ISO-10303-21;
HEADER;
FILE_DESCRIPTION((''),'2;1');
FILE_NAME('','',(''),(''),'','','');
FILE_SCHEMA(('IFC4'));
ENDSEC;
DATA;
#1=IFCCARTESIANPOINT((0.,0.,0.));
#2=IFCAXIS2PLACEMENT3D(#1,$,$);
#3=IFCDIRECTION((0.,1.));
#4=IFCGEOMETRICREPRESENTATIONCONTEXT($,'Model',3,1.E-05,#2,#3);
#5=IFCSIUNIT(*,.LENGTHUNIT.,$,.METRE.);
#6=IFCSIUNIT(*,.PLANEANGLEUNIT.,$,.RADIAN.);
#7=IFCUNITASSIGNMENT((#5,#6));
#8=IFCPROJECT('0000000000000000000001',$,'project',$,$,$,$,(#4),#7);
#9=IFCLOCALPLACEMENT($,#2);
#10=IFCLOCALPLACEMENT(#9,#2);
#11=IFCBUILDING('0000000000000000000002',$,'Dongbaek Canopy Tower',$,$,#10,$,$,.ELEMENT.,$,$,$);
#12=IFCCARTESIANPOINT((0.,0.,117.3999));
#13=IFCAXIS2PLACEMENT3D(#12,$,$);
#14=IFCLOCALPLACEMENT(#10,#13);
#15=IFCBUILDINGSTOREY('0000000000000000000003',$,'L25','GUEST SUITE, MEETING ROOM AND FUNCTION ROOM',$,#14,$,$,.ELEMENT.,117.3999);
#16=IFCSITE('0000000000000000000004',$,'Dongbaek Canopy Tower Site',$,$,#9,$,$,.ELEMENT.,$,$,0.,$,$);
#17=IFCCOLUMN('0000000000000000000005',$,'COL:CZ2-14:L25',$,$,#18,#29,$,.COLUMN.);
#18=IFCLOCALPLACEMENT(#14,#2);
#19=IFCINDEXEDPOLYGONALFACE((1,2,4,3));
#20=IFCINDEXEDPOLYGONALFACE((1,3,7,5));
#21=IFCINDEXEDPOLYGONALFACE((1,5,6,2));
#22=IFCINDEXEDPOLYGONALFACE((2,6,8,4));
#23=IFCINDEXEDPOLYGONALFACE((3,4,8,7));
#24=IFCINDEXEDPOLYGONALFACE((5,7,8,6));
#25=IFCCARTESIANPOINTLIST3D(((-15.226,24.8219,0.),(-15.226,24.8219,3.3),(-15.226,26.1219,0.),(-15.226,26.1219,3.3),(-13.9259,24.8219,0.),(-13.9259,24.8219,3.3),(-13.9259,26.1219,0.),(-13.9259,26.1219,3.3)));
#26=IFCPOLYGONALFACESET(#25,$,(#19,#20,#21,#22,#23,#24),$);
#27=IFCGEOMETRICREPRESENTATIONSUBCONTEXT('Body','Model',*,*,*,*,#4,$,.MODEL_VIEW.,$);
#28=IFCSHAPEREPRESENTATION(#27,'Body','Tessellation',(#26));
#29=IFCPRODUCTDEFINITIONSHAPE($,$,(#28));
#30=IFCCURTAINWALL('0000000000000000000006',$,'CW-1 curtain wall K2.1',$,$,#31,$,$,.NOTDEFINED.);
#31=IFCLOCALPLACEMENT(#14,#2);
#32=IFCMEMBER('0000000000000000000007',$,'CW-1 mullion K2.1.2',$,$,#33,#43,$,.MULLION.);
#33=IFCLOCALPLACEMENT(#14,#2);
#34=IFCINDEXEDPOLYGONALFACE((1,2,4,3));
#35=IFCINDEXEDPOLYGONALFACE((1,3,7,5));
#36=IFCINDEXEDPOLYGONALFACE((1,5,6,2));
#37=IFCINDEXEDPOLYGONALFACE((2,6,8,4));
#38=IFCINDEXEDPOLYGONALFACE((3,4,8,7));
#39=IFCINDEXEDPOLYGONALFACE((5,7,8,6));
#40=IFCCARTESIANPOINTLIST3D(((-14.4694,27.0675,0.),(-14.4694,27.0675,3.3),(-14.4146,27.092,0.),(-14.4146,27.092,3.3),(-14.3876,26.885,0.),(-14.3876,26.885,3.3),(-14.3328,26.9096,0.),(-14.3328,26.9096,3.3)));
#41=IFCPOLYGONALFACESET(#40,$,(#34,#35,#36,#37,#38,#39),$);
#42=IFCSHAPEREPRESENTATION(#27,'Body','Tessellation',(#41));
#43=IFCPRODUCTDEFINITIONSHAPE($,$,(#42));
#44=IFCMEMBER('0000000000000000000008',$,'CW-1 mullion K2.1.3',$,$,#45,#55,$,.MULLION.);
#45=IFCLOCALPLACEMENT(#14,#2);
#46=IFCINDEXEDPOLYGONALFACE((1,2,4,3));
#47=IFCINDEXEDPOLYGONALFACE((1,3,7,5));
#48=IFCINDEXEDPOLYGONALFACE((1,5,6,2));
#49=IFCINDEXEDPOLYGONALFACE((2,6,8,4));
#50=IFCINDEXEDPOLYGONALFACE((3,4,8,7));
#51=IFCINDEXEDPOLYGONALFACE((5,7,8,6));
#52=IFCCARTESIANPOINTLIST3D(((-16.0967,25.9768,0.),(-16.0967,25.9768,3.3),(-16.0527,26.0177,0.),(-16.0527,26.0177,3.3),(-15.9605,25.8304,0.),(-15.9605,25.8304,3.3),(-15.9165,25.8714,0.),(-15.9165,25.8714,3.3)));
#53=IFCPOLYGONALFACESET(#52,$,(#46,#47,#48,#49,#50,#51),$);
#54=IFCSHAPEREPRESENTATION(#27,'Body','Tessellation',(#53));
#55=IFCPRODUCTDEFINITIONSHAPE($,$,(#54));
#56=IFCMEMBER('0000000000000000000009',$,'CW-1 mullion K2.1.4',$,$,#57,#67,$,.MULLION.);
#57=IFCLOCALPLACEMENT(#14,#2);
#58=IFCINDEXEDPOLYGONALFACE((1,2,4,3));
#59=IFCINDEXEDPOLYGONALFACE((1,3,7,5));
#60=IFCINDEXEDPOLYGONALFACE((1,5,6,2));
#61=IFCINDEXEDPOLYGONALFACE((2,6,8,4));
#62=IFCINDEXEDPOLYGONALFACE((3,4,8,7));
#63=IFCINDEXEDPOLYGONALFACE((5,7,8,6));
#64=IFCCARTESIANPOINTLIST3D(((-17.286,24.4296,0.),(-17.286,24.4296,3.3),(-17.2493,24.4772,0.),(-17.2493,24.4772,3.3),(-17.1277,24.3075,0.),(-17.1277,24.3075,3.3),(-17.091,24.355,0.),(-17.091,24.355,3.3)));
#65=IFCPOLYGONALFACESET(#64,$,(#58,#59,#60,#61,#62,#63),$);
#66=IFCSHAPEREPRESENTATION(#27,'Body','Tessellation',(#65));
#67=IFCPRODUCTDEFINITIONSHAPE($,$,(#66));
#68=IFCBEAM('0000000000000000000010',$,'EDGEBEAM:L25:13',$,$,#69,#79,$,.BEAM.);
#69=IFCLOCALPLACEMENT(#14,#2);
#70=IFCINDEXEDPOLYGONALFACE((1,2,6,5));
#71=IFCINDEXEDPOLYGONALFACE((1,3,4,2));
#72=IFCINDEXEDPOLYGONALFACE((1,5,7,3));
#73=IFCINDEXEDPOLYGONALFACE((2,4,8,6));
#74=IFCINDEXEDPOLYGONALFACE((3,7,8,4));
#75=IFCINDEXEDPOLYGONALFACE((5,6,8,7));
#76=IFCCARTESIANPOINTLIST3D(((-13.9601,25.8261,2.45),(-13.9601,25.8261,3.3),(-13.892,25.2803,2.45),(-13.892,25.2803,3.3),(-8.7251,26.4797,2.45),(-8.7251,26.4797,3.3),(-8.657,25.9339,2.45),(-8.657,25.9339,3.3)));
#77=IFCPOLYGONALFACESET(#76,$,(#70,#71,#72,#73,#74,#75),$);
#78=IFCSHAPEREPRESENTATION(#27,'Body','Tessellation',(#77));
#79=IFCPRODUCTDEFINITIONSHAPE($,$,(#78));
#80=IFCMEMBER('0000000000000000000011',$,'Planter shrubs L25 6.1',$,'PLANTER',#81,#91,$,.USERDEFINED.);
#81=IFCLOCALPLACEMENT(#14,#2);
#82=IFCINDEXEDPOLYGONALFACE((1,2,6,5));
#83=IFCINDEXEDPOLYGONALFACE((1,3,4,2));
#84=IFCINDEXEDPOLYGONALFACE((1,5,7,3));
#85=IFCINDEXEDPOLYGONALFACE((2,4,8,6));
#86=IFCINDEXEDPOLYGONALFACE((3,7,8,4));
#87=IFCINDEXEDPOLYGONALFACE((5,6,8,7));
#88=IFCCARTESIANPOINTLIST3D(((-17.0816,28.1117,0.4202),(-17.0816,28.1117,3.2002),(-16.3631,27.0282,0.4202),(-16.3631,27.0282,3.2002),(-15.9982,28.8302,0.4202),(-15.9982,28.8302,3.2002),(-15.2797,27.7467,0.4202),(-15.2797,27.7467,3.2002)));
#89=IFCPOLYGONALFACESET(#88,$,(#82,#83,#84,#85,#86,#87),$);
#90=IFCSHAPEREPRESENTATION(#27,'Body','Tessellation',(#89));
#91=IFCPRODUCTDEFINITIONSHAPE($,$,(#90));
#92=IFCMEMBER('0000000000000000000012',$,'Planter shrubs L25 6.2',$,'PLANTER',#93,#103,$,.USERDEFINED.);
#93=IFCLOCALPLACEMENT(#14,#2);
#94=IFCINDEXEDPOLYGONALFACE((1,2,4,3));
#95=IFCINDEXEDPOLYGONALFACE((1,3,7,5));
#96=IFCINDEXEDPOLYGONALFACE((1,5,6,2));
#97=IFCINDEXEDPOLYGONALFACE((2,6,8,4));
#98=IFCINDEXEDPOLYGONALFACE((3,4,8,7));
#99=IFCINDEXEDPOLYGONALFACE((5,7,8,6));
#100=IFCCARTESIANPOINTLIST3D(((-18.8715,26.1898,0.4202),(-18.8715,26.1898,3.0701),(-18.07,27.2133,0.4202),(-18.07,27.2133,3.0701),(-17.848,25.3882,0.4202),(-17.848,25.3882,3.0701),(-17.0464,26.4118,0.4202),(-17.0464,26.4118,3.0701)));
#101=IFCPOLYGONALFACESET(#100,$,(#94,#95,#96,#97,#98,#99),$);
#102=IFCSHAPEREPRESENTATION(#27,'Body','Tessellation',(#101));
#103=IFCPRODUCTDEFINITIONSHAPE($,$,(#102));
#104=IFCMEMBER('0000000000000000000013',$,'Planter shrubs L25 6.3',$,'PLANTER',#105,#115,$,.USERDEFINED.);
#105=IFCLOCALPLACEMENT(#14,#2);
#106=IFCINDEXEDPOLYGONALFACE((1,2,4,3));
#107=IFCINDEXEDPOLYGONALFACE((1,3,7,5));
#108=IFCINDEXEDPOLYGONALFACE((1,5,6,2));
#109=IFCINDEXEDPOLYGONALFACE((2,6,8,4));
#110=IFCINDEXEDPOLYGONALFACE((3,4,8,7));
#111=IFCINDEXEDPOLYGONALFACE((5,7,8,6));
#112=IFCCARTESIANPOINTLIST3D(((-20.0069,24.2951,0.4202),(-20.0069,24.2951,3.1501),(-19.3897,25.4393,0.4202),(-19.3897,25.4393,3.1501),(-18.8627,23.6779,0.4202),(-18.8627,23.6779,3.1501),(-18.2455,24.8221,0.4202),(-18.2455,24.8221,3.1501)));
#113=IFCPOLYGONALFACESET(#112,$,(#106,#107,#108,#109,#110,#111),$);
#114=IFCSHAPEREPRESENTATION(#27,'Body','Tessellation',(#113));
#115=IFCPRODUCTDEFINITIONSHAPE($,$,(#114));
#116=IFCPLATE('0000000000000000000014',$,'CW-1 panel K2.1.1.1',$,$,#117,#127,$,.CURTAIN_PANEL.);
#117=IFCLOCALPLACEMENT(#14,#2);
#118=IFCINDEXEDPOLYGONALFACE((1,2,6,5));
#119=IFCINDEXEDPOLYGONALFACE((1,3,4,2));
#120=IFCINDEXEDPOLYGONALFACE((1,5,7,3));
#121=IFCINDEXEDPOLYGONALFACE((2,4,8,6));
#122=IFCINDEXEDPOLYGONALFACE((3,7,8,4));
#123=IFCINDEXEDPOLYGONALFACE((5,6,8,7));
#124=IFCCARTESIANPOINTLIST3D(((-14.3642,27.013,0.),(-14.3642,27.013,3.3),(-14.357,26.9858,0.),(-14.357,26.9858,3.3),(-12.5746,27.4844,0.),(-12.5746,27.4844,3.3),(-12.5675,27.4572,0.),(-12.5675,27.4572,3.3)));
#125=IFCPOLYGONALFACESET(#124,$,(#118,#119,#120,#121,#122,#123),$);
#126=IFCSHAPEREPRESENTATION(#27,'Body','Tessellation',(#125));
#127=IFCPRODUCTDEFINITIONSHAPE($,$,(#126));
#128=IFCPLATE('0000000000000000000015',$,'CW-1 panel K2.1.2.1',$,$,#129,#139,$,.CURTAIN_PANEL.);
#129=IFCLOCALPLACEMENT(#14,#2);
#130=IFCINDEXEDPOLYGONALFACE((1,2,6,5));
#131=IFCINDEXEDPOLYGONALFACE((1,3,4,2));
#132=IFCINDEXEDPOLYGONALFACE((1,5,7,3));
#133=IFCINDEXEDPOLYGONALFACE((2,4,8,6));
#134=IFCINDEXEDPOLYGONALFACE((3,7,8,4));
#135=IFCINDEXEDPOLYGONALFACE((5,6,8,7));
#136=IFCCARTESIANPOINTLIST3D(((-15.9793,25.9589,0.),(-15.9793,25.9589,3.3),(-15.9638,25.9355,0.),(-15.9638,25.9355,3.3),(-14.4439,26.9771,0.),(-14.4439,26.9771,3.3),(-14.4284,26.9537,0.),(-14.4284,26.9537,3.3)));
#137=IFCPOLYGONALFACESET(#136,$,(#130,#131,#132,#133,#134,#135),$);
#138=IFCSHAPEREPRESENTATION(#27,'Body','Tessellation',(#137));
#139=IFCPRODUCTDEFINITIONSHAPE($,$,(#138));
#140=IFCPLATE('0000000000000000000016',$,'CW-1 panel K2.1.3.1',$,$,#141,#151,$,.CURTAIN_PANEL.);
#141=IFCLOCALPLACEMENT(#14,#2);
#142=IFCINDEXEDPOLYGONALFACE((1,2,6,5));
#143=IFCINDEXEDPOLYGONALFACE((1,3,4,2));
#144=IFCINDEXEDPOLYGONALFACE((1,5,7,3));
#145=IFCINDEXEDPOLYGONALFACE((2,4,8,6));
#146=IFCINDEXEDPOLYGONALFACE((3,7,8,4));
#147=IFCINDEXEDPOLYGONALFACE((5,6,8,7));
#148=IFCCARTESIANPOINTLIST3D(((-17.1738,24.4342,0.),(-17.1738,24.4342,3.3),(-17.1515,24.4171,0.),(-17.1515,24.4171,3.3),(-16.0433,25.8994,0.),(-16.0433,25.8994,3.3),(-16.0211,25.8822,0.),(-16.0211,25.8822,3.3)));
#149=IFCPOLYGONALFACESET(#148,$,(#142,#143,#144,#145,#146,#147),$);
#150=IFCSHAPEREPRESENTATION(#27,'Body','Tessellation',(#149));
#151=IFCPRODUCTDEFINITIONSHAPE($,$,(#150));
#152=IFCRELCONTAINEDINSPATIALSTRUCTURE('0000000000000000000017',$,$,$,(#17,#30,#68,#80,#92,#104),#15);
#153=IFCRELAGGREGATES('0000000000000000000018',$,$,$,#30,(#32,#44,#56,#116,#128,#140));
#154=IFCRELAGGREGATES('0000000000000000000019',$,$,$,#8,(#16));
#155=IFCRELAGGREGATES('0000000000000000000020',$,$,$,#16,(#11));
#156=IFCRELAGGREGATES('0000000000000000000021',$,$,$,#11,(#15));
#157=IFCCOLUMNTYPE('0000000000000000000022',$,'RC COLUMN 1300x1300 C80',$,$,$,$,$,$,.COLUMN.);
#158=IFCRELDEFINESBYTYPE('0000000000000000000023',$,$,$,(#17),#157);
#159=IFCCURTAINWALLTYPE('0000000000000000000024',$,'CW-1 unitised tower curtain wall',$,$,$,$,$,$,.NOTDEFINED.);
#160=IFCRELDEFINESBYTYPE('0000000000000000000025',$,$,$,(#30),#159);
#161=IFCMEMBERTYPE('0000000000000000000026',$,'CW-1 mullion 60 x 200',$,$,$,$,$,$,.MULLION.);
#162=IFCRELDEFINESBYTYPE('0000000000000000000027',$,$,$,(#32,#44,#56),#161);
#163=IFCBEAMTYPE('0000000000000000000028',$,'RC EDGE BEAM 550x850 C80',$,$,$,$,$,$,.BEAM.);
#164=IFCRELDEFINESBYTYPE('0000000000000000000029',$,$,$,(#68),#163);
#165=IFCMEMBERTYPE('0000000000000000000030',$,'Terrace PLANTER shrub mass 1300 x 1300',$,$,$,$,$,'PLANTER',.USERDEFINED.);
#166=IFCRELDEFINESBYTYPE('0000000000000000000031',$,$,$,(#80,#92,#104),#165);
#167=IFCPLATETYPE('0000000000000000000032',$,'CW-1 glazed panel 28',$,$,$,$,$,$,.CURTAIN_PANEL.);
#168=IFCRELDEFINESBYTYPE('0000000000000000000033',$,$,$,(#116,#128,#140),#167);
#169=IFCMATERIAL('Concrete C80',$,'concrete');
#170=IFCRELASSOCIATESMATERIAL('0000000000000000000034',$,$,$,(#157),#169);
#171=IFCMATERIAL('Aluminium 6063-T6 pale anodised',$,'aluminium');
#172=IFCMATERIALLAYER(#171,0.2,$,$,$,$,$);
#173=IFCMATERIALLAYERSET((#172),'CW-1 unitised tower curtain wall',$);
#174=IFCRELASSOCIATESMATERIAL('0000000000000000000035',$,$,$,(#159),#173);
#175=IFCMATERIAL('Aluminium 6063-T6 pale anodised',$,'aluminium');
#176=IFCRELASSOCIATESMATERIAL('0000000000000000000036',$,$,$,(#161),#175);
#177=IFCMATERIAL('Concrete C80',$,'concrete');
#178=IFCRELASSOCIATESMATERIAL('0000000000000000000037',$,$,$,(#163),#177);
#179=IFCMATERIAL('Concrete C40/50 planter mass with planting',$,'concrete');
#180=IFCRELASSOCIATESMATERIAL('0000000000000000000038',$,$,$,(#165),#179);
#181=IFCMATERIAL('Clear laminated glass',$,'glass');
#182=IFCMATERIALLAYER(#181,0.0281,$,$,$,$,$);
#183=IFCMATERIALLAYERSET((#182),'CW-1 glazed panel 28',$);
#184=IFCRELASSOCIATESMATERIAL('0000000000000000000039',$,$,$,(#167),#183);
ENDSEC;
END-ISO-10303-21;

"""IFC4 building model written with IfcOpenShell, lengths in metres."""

from ifc_helpers import new_model, si_unit, direction, frame, origin, origin_2d, place, context, subcontext, project, spatial, rectangle, extrude, material, layer, layer_set, material_profile, profile_set, type_object, element, aggregate, save


model = new_model("IFC4")

# Units and contexts
model_context = context("Model", 3, precision=1e-05, world=origin(), true_north=direction((0.0, 1.0)))
body_context = subcontext(model_context, "Body", "Model", "MODEL_VIEW")
ifc_project = project(units=[si_unit("LENGTHUNIT", "METRE"), si_unit("PLANEANGLEUNIT", "RADIAN")], contexts=[model_context])

# Site, building, storey
site_placement = place(None, origin())
site = spatial("IfcSite", under=ifc_project, at=site_placement, Name="Dongbaek Canopy Tower Site", CompositionType="ELEMENT", RefElevation=0.0)
building_placement = place(site_placement, origin())
building = spatial("IfcBuilding", under=site, at=building_placement, Name="Dongbaek Canopy Tower", CompositionType="ELEMENT")
storey_placement = place(building_placement, frame((0.0, 0.0, 117.3999)))
storey = spatial("IfcBuildingStorey", under=building, at=storey_placement, Name="L25", Description="GUEST SUITE, MEETING ROOM AND FUNCTION ROOM", CompositionType="ELEMENT", Elevation=117.3999)

# Column
ifc_material_1 = material(Name="Concrete C80", Category="concrete")
ifc_material_profile_1 = material_profile(ifc_material_1, rectangle(XDim=1.3, YDim=1.3, at=origin_2d()), Name="RC COLUMN 1300x1300 C80")
ifc_profile_set_1 = profile_set([ifc_material_profile_1], Name="Concrete C80")
column_type = type_object("IfcColumnType", Name="RC COLUMN 1300x1300 C80", PredefinedType="COLUMN", material=ifc_profile_set_1)
column_placement = place(storey_placement, frame((-14.5759, 25.4719, 0.0), z_axis=(0.0, 0.0, 1.0), x_axis=(1.0, 0.0, 0.0)))
element("IfcColumn", 1, at=column_placement, inside=storey, type_object=column_type, Name="COL:CZ2-14:L25", PredefinedType="COLUMN", context=body_context, shape_type="SweptSolid", body=[
    extrude(rectangle(XDim=1.3, YDim=1.3, at=origin_2d()), origin(), (0.0, 0.0, 1.0), 3.3),
])

# Curtain wall, members
ifc_material_2 = material(Name="Aluminium 6063-T6 pale anodised", Category="aluminium")
ifc_layer_1 = layer(ifc_material_2, 0.2)
ifc_layer_set_1 = layer_set([ifc_layer_1], Name="CW-1 unitised tower curtain wall")
curtain_wall_type = type_object("IfcCurtainWallType", Name="CW-1 unitised tower curtain wall", PredefinedType="NOTDEFINED", material=ifc_layer_set_1)
curtain_wall_placement = place(storey_placement, origin())
curtain_wall = element("IfcCurtainWall", 2, at=curtain_wall_placement, inside=storey, type_object=curtain_wall_type, Name="CW-1 curtain wall K2.1", PredefinedType="NOTDEFINED")
ifc_material_3 = material(Name="Aluminium 6063-T6 pale anodised", Category="aluminium")
ifc_material_profile_2 = material_profile(ifc_material_3, rectangle(XDim=0.2, YDim=0.0601, at=origin_2d()), Name="CW-1 mullion 60 x 200")
ifc_profile_set_2 = profile_set([ifc_material_profile_2], Name="Aluminium 6063-T6 pale anodised")
member_type_1 = type_object("IfcMemberType", Name="CW-1 mullion 60 x 200", PredefinedType="MULLION", material=ifc_profile_set_2)
member_1_placement = place(storey_placement, frame((-14.4011, 26.9885, 0.0), z_axis=(0.0, 0.0, 1.0), x_axis=(-0.409193, 0.912448, 0.0)))
member_1 = element("IfcMember", 3, at=member_1_placement, type_object=member_type_1, Name="CW-1 mullion K2.1.2", PredefinedType="MULLION", context=body_context, shape_type="SweptSolid", body=[
    extrude(rectangle(XDim=0.2, YDim=0.0601, at=origin_2d()), origin(), (0.0, 0.0, 1.0), 3.3),
])
member_2_placement = place(storey_placement, frame((-16.0066, 25.9241, 0.0), z_axis=(0.0, 0.0, 1.0), x_axis=(-0.681349, 0.731958, 0.0)))
member_2 = element("IfcMember", 4, at=member_2_placement, type_object=member_type_1, Name="CW-1 mullion K2.1.3", PredefinedType="MULLION", context=body_context, shape_type="SweptSolid", body=[
    extrude(rectangle(XDim=0.2, YDim=0.0601, at=origin_2d()), origin(), (0.0, 0.0, 1.0), 3.3),
])
member_3_placement = place(storey_placement, frame((-17.1885, 24.3923, 0.0), z_axis=(0.0, 0.0, 1.0), x_axis=(-0.791722, 0.610882, 0.0)))
member_3 = element("IfcMember", 5, at=member_3_placement, type_object=member_type_1, Name="CW-1 mullion K2.1.4", PredefinedType="MULLION", context=body_context, shape_type="SweptSolid", body=[
    extrude(rectangle(XDim=0.2, YDim=0.0601, at=origin_2d()), origin(), (0.0, 0.0, 1.0), 3.3),
])

# Beam
ifc_material_4 = material(Name="Concrete C80", Category="concrete")
ifc_material_profile_3 = material_profile(ifc_material_4, rectangle(XDim=0.55, YDim=0.8501, at=origin_2d()), Name="RC EDGE BEAM 550x850 C80")
ifc_profile_set_3 = profile_set([ifc_material_profile_3], Name="Concrete C80")
beam_type = type_object("IfcBeamType", Name="RC EDGE BEAM 550x850 C80", PredefinedType="BEAM", material=ifc_profile_set_3)
beam_placement = place(storey_placement, frame((-13.926, 25.5532, 2.875), z_axis=(0.992297, 0.123881, 0.0), x_axis=(-0.123881, 0.992297, 0.0)))
element("IfcBeam", 6, at=beam_placement, inside=storey, type_object=beam_type, Name="EDGEBEAM:L25:13", PredefinedType="BEAM", context=body_context, shape_type="SweptSolid", body=[
    extrude(rectangle(XDim=0.55, YDim=0.8501, at=origin_2d()), origin(), (0.0, 0.0, 1.0), 5.2756),
])

# Members
ifc_material_5 = material(Name="Concrete C40/50 planter mass with planting", Category="concrete")
ifc_material_profile_4 = material_profile(ifc_material_5, rectangle(XDim=1.3, YDim=1.3, at=origin_2d()), Name="Terrace PLANTER shrub mass 1300 x 1300")
ifc_profile_set_4 = profile_set([ifc_material_profile_4], Name="Concrete C40/50 planter mass with planting")
member_type_2 = type_object("IfcMemberType", Name="Terrace PLANTER shrub mass 1300 x 1300", ElementType="PLANTER", PredefinedType="USERDEFINED", material=ifc_profile_set_4)
member_4_placement = place(storey_placement, frame((-16.1807, 27.9292, 0.4202), z_axis=(0.0, 0.0, 1.0), x_axis=(-0.552689, 0.833388, 0.0)))
element("IfcMember", 7, at=member_4_placement, inside=storey, type_object=member_type_2, Name="Planter shrubs L25 6.1", ObjectType="PLANTER", PredefinedType="USERDEFINED", context=body_context, shape_type="SweptSolid", body=[
    extrude(rectangle(XDim=1.3, YDim=1.3, at=origin_2d()), origin(), (0.0, 0.0, 1.0), 2.78),
])
member_5_placement = place(storey_placement, frame((-17.959, 26.3008, 0.4202), z_axis=(0.0, 0.0, 1.0), x_axis=(-0.787326, 0.616537, 0.0)))
element("IfcMember", 8, at=member_5_placement, inside=storey, type_object=member_type_2, Name="Planter shrubs L25 6.2", ObjectType="PLANTER", PredefinedType="USERDEFINED", context=body_context, shape_type="SweptSolid", body=[
    extrude(rectangle(XDim=1.3, YDim=1.3, at=origin_2d()), origin(), (0.0, 0.0, 1.0), 2.6499),
])
member_6_placement = place(storey_placement, frame((-19.1262, 24.5586, 0.4202), z_axis=(0.0, 0.0, 1.0), x_axis=(-0.880109, 0.474771, 0.0)))
element("IfcMember", 9, at=member_6_placement, inside=storey, type_object=member_type_2, Name="Planter shrubs L25 6.3", ObjectType="PLANTER", PredefinedType="USERDEFINED", context=body_context, shape_type="SweptSolid", body=[
    extrude(rectangle(XDim=1.3, YDim=1.3, at=origin_2d()), origin(), (0.0, 0.0, 1.0), 2.73),
])

# Plates
ifc_material_6 = material(Name="Clear laminated glass", Category="glass")
ifc_layer_2 = layer(ifc_material_6, 0.0281)
ifc_layer_set_2 = layer_set([ifc_layer_2], Name="CW-1 glazed panel 28")
plate_type = type_object("IfcPlateType", Name="CW-1 glazed panel 28", PredefinedType="CURTAIN_PANEL", material=ifc_layer_set_2)
plate_1_placement = place(storey_placement, frame((-13.4658, 27.2351, 0.0), z_axis=(0.0, 0.0, 1.0), x_axis=(-0.967016, -0.254714, 0.0)))
plate_1 = element("IfcPlate", 10, at=plate_1_placement, type_object=plate_type, Name="CW-1 panel K2.1.1.1", PredefinedType="CURTAIN_PANEL", context=body_context, shape_type="SweptSolid", body=[
    extrude(rectangle(XDim=1.8506, YDim=0.0281, at=origin_2d()), origin(), (0.0, 0.0, 1.0), 3.3),
])
plate_2_placement = place(storey_placement, frame((-15.2039, 26.4563, 0.0), z_axis=(0.0, 0.0, 1.0), x_axis=(-0.833388, -0.552689, 0.0)))
plate_2 = element("IfcPlate", 11, at=plate_2_placement, type_object=plate_type, Name="CW-1 panel K2.1.2.1", PredefinedType="CURTAIN_PANEL", context=body_context, shape_type="SweptSolid", body=[
    extrude(rectangle(XDim=1.8423, YDim=0.0281, at=origin_2d()), origin(), (0.0, 0.0, 1.0), 3.3),
])
plate_3_placement = place(storey_placement, frame((-16.5974, 25.1582, 0.0), z_axis=(0.0, 0.0, 1.0), x_axis=(-0.610882, -0.791722, 0.0)))
plate_3 = element("IfcPlate", 12, at=plate_3_placement, type_object=plate_type, Name="CW-1 panel K2.1.3.1", PredefinedType="CURTAIN_PANEL", context=body_context, shape_type="SweptSolid", body=[
    extrude(rectangle(XDim=1.8506, YDim=0.0281, at=origin_2d()), origin(), (0.0, 0.0, 1.0), 3.3),
])
aggregate(curtain_wall, [member_1, member_2, member_3, plate_1, plate_2, plate_3])

save(model, "model.ifc")
